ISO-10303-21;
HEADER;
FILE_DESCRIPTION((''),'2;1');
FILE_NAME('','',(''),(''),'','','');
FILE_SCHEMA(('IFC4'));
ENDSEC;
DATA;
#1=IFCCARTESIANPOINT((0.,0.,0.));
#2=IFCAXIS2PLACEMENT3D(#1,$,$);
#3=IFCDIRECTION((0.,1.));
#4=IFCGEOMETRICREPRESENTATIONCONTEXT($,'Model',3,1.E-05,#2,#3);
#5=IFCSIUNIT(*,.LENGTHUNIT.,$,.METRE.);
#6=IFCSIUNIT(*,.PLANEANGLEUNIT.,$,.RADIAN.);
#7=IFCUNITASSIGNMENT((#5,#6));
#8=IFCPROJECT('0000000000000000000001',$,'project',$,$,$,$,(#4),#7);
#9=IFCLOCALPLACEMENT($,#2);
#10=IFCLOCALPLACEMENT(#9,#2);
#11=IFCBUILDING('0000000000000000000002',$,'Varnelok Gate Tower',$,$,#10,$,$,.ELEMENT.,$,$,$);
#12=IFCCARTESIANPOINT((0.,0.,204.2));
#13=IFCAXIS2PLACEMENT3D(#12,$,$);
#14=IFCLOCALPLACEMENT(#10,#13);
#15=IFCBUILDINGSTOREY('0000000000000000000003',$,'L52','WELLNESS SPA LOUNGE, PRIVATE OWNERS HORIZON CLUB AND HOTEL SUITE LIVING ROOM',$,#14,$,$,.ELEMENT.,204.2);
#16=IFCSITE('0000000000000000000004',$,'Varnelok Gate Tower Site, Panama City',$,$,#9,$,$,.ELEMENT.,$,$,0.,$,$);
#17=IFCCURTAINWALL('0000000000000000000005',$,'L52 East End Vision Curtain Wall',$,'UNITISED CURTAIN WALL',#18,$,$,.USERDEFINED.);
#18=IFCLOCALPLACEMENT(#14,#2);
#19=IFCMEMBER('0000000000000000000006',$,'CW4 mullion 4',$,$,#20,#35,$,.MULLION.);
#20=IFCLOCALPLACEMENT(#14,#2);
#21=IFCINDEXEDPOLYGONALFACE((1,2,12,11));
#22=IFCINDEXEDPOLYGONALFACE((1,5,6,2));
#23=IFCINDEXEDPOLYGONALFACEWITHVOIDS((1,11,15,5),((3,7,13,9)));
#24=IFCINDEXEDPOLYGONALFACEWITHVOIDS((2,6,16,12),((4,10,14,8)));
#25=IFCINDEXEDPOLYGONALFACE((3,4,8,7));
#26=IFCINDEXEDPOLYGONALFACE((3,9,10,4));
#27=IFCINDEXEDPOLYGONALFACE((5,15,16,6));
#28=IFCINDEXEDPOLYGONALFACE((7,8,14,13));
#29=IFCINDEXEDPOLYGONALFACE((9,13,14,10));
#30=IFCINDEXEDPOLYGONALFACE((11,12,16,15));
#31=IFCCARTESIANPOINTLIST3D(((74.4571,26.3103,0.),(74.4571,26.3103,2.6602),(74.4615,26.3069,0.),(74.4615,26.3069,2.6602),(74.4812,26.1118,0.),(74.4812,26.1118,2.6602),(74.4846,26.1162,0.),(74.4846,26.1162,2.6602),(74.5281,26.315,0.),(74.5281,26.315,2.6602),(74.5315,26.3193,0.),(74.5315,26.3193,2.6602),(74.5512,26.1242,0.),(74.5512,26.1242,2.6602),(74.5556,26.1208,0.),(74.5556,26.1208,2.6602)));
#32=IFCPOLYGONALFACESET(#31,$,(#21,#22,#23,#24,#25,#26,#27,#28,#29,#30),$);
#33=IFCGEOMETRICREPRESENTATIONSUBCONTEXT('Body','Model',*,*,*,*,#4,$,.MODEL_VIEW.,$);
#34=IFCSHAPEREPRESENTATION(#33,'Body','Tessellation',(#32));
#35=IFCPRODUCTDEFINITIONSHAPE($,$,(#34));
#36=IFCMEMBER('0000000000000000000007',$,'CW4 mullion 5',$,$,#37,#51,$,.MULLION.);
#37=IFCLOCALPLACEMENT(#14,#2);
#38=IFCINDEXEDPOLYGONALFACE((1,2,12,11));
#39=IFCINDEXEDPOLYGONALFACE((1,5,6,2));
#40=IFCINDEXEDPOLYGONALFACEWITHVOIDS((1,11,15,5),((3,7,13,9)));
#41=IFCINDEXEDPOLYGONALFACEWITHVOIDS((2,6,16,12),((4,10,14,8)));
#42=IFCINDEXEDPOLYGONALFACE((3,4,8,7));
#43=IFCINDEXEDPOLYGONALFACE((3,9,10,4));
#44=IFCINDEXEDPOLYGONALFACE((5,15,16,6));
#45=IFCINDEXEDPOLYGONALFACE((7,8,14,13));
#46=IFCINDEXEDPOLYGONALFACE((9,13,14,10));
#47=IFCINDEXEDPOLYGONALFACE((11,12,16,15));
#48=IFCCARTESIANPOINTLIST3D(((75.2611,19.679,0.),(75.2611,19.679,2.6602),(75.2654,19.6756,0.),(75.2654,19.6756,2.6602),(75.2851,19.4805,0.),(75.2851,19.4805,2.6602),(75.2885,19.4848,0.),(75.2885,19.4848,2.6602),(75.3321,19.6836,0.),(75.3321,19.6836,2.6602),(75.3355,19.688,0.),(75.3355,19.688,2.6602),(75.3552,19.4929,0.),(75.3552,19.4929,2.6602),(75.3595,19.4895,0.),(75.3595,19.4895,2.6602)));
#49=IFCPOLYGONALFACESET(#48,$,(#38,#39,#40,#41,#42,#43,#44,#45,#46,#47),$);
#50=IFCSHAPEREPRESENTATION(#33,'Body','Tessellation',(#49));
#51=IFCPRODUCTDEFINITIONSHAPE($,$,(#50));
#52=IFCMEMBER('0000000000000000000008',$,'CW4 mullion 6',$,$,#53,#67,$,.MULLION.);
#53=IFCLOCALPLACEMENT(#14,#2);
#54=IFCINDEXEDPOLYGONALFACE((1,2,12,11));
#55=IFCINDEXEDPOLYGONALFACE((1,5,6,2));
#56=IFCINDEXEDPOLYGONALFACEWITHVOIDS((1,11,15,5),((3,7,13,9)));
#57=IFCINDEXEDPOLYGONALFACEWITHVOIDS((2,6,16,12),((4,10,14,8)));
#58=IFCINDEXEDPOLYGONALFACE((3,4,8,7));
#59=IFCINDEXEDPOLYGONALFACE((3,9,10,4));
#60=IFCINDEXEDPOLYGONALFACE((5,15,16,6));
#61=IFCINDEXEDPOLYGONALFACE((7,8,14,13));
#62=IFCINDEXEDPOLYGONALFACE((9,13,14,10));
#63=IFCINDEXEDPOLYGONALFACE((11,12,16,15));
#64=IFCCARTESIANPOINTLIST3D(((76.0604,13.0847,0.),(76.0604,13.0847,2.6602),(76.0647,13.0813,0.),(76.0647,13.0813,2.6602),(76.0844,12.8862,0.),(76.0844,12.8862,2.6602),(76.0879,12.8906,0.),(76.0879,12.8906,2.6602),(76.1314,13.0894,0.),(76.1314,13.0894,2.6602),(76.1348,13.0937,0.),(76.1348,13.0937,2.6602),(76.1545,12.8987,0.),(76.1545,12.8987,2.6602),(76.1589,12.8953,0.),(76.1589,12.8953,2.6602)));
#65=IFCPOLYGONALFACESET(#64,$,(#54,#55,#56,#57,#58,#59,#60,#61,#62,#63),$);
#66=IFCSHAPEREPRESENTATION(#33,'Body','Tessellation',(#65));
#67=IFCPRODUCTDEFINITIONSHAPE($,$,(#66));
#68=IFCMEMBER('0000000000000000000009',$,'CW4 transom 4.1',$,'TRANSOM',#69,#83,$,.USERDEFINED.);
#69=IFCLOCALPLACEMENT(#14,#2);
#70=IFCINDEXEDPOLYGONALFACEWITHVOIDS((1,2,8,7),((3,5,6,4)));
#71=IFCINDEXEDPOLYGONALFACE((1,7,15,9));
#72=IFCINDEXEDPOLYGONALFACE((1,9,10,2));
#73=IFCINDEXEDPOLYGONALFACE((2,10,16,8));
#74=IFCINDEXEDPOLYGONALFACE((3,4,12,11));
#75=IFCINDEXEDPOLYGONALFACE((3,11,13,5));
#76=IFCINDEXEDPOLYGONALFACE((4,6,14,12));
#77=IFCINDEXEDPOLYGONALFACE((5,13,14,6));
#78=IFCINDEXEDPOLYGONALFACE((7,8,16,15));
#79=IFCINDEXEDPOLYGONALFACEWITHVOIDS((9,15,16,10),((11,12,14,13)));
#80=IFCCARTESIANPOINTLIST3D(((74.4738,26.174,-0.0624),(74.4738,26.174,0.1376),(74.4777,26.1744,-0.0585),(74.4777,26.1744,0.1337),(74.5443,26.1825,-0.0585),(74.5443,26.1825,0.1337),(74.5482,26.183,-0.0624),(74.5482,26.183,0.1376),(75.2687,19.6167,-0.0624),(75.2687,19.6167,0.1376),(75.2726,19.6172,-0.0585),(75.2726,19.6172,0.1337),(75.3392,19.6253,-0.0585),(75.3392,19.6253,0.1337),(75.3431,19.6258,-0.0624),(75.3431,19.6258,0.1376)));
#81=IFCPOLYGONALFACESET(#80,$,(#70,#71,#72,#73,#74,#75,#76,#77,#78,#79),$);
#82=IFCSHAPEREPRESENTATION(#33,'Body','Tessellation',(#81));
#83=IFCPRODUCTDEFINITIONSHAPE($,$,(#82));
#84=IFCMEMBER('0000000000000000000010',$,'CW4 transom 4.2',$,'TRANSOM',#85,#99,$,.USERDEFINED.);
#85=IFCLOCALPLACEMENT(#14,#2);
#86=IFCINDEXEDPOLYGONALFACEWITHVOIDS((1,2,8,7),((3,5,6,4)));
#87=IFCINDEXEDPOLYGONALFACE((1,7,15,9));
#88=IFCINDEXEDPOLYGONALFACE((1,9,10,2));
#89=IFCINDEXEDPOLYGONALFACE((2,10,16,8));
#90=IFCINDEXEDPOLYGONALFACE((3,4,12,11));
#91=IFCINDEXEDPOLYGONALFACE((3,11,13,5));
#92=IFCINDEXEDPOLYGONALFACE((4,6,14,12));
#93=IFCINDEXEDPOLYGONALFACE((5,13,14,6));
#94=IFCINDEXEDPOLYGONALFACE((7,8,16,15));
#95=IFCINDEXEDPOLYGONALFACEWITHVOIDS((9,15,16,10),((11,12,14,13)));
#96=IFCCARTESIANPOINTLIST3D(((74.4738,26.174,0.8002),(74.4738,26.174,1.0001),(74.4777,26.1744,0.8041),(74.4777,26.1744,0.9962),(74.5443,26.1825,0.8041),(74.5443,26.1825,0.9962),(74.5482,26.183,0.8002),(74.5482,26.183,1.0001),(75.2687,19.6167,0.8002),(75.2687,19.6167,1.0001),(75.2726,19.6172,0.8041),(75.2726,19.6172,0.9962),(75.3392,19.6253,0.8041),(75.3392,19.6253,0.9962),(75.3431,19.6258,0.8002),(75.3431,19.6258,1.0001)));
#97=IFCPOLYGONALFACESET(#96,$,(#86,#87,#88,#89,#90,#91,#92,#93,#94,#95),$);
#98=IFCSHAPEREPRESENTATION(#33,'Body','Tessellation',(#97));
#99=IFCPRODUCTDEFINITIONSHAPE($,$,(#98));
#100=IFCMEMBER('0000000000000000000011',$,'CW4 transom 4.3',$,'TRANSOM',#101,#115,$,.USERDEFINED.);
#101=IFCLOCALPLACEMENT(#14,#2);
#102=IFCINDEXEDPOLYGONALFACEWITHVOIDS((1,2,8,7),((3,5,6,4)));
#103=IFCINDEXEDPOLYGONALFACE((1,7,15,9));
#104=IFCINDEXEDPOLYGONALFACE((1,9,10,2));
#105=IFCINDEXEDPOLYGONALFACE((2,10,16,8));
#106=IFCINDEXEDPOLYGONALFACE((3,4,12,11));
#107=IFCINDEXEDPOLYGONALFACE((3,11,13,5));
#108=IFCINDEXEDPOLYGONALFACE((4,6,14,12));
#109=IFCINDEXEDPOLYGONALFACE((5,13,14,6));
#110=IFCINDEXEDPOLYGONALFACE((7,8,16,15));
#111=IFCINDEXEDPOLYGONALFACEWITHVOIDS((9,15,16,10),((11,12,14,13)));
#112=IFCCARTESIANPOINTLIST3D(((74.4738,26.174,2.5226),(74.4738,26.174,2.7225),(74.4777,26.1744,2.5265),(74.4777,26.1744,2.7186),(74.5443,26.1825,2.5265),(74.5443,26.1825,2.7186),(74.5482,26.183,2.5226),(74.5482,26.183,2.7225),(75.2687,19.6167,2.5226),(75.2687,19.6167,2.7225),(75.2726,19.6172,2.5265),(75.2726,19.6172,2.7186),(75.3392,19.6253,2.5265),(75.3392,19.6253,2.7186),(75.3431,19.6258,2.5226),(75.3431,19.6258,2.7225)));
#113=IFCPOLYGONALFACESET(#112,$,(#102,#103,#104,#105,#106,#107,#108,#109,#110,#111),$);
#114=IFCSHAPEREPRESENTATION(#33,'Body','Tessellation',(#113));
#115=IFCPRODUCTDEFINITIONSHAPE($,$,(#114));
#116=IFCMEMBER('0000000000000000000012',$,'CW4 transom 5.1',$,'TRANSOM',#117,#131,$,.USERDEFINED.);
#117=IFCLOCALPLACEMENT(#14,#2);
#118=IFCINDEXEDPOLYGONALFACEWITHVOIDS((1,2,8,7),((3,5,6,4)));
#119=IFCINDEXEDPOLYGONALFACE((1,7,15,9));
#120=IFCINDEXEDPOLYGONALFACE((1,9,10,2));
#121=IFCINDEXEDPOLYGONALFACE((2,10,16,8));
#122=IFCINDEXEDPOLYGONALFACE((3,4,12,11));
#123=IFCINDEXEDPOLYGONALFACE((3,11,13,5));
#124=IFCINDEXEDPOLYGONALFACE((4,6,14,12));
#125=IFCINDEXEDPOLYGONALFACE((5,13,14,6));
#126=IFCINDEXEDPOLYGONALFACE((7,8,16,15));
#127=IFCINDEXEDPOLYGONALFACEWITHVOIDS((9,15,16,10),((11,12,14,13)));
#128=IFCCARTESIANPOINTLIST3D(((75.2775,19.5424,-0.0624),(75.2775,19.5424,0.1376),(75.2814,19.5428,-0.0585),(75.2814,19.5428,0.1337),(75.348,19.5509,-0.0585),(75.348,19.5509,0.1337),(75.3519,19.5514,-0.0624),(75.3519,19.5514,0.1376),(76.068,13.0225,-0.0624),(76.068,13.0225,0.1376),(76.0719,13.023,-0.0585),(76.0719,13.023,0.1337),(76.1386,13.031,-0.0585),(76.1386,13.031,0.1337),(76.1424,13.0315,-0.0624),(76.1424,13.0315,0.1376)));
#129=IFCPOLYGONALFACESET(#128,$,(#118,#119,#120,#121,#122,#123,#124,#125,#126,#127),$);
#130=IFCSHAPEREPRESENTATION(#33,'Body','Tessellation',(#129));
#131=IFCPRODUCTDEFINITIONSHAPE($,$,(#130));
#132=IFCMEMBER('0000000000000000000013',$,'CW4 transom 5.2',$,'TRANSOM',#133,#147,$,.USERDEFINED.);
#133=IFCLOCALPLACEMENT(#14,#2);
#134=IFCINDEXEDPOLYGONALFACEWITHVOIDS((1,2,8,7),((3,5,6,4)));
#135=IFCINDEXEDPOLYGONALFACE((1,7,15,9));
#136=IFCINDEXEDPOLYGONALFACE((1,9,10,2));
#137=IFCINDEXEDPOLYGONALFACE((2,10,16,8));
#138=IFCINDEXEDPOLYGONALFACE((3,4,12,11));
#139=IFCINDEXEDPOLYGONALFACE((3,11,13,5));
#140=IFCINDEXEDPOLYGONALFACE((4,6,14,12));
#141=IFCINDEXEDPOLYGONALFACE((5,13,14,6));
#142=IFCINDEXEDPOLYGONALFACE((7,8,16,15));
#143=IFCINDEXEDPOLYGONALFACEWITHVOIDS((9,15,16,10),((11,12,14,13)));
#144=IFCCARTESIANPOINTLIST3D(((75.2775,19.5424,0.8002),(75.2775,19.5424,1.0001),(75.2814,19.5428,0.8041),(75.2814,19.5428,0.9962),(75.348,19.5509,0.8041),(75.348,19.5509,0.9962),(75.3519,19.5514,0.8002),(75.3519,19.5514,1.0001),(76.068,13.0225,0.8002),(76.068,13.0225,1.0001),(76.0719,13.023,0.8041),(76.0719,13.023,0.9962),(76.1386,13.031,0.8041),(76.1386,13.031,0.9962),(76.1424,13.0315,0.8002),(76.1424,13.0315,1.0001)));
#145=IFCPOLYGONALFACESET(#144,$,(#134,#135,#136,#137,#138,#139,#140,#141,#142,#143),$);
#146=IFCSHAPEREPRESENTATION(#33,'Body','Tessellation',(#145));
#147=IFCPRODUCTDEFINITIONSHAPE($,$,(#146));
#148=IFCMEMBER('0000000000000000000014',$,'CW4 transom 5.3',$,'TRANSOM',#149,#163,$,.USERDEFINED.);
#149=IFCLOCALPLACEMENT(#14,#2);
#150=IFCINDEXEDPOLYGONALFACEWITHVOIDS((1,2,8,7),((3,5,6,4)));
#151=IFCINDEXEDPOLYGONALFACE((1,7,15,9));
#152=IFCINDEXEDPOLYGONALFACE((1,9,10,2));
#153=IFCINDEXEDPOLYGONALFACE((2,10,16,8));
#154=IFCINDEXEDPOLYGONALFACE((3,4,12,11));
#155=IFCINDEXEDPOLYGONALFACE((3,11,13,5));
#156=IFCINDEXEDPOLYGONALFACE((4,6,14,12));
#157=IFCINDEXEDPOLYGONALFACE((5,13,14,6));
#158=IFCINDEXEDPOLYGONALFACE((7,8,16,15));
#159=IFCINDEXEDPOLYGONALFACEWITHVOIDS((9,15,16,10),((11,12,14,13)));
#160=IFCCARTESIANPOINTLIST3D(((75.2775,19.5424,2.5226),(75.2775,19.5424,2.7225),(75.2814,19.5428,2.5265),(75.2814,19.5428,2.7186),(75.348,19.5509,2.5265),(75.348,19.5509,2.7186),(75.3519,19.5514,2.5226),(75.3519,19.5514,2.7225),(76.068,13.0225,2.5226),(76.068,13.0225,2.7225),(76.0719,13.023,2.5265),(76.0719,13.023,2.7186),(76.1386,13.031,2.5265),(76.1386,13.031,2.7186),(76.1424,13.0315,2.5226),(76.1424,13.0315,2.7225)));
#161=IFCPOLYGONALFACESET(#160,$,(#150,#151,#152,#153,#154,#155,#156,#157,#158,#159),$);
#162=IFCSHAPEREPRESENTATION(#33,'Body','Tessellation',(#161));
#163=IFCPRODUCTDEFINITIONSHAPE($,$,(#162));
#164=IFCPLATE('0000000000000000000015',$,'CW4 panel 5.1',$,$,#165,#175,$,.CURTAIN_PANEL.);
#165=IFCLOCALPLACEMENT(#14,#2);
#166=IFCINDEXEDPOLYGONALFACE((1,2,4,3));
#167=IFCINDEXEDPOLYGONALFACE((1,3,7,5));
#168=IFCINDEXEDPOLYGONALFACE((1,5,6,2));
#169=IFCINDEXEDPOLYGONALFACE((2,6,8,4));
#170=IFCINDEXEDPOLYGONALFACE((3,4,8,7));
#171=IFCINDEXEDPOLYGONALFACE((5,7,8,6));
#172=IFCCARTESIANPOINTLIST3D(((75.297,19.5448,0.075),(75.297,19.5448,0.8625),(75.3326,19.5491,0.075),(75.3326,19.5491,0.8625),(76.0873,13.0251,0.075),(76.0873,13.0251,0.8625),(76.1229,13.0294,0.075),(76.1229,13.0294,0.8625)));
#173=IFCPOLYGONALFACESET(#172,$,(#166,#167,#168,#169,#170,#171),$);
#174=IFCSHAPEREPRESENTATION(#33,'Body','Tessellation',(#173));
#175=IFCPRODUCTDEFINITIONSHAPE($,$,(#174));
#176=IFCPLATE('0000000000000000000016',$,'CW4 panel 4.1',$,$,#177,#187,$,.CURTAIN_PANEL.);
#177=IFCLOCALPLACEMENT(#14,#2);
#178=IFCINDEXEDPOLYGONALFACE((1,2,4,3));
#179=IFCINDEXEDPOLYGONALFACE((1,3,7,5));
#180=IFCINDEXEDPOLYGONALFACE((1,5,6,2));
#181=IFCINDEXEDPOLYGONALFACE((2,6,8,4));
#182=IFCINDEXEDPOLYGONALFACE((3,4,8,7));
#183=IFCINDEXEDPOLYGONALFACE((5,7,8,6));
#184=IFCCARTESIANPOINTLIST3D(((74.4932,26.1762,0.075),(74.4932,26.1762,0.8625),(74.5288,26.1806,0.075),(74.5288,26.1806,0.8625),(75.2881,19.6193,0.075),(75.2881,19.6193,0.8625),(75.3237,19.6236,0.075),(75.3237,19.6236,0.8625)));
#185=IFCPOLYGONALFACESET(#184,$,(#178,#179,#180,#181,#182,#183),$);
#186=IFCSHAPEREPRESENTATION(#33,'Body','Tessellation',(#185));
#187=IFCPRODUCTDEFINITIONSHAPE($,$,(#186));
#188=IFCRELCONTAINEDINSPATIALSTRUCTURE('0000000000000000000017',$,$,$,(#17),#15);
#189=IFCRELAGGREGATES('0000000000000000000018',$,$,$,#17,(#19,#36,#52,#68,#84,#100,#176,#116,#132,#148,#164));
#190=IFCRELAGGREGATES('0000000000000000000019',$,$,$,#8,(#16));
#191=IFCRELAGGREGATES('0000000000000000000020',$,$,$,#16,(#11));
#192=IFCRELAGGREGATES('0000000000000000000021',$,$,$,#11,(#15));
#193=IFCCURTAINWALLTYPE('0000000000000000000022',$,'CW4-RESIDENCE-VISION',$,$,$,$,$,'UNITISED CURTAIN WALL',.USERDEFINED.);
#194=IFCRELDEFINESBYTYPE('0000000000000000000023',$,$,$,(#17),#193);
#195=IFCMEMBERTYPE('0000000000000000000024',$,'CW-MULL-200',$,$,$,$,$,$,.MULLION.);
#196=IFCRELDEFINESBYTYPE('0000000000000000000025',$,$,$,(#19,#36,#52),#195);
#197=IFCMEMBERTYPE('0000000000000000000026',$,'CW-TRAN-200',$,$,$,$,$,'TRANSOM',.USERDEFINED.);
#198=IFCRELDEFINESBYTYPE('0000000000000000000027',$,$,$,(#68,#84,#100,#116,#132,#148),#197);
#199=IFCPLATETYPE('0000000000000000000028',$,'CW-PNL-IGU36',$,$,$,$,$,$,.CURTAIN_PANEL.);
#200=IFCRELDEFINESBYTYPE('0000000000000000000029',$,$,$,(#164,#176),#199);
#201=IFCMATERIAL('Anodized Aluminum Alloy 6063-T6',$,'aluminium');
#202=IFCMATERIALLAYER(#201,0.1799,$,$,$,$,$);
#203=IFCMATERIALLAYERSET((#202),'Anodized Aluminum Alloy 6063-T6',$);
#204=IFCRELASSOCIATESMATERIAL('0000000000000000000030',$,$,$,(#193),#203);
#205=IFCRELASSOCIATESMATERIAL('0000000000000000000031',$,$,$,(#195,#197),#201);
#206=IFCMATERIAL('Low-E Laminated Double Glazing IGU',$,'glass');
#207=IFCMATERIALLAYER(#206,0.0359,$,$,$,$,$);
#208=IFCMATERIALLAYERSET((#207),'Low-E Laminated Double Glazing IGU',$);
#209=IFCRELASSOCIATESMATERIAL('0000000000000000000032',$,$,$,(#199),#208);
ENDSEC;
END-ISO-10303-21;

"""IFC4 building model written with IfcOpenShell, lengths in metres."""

from ifc_helpers import new_model, si_unit, direction, frame, origin, origin_2d, place, context, subcontext, project, spatial, rectangle, hollow_rectangle, extrude, source, transform, mapped, material, layer, layer_set, material_profile, profile_set, type_object, element, aggregate, save


model = new_model("IFC4")

# Units and contexts
model_context = context("Model", 3, precision=1e-05, world=origin(), true_north=direction((0.0, 1.0)))
body_context = subcontext(model_context, "Body", "Model", "MODEL_VIEW")
ifc_project = project(units=[si_unit("LENGTHUNIT", "METRE"), si_unit("PLANEANGLEUNIT", "RADIAN")], contexts=[model_context])

# Site, building, storey
site_placement = place(None, origin())
site = spatial("IfcSite", under=ifc_project, at=site_placement, Name="Varnelok Gate Tower Site, Panama City", CompositionType="ELEMENT", RefElevation=0.0)
building_placement = place(site_placement, origin())
building = spatial("IfcBuilding", under=site, at=building_placement, Name="Varnelok Gate Tower", CompositionType="ELEMENT")
storey_placement = place(building_placement, frame((0.0, 0.0, 204.2)))
storey = spatial("IfcBuildingStorey", under=building, at=storey_placement, Name="L52", Description="WELLNESS SPA LOUNGE, PRIVATE OWNERS HORIZON CLUB AND HOTEL SUITE LIVING ROOM", CompositionType="ELEMENT", Elevation=204.2)

# Curtain wall, members, plates
ifc_material_1 = material(Name="Anodized Aluminum Alloy 6063-T6", Category="aluminium")
ifc_layer_1 = layer(ifc_material_1, 0.1799)
ifc_layer_set_1 = layer_set([ifc_layer_1], Name="Anodized Aluminum Alloy 6063-T6")
curtain_wall_type = type_object("IfcCurtainWallType", Name="CW4-RESIDENCE-VISION", ElementType="UNITISED CURTAIN WALL", PredefinedType="USERDEFINED", material=ifc_layer_set_1)
curtain_wall_placement = place(storey_placement, origin())
curtain_wall = element("IfcCurtainWall", 1, at=curtain_wall_placement, inside=storey, type_object=curtain_wall_type, Name="L52 East End Vision Curtain Wall", ObjectType="UNITISED CURTAIN WALL", PredefinedType="USERDEFINED")
ifc_material_profile_1 = material_profile(ifc_material_1, hollow_rectangle(XDim=0.075, YDim=0.2, WallThickness=0.0039, at=origin_2d()), Name="ALU200X75X4")
ifc_profile_set_1 = profile_set([ifc_material_profile_1], Name="Anodized Aluminum Alloy 6063-T6")
member_type_1 = type_object("IfcMemberType", Name="CW-MULL-200", PredefinedType="MULLION", material=ifc_profile_set_1)
member_1_placement = place(storey_placement, frame((74.5063, 26.2156, 0.0), z_axis=(0.0, 0.0, 1.0), x_axis=(0.992732, 0.120345, 0.0)))
member_1 = element("IfcMember", 2, at=member_1_placement, type_object=member_type_1, Name="CW4 mullion 4", PredefinedType="MULLION", context=body_context, shape_type="SweptSolid", body=[
    extrude(hollow_rectangle(XDim=0.075, YDim=0.2, WallThickness=0.0039, at=origin_2d()), origin(), (0.0, 0.0, 1.0), 2.6602),
])
member_2_placement = place(storey_placement, frame((75.3103, 19.5842, 0.0), z_axis=(0.0, 0.0, 1.0), x_axis=(0.992732, 0.120345, 0.0)))
member_2 = element("IfcMember", 3, at=member_2_placement, type_object=member_type_1, Name="CW4 mullion 5", PredefinedType="MULLION", context=body_context, shape_type="SweptSolid", body=[
    extrude(hollow_rectangle(XDim=0.075, YDim=0.2, WallThickness=0.0039, at=origin_2d()), origin(), (0.0, 0.0, 1.0), 2.6602),
])
member_3_placement = place(storey_placement, frame((76.1096, 12.99, 0.0), z_axis=(0.0, 0.0, 1.0), x_axis=(0.992732, 0.120345, 0.0)))
member_3 = element("IfcMember", 4, at=member_3_placement, type_object=member_type_1, Name="CW4 mullion 6", PredefinedType="MULLION", context=body_context, shape_type="SweptSolid", body=[
    extrude(hollow_rectangle(XDim=0.075, YDim=0.2, WallThickness=0.0039, at=origin_2d()), origin(), (0.0, 0.0, 1.0), 2.6602),
])
ifc_material_profile_2 = material_profile(ifc_material_1, hollow_rectangle(XDim=0.075, YDim=0.2, WallThickness=0.0039, at=origin_2d()), Name="ALU200X75X4")
ifc_profile_set_2 = profile_set([ifc_material_profile_2], Name="Anodized Aluminum Alloy 6063-T6")
member_type_2 = type_object("IfcMemberType", Name="CW-TRAN-200", ElementType="TRANSOM", PredefinedType="USERDEFINED", material=ifc_profile_set_2)
member_4_placement = place(storey_placement, frame((74.511, 26.1785, 0.0376), z_axis=(0.120349, -0.992732, 0.0), x_axis=(0.992732, 0.120349, 0.0)))
member_4 = element("IfcMember", 5, at=member_4_placement, type_object=member_type_2, Name="CW4 transom 4.1", ObjectType="TRANSOM", PredefinedType="USERDEFINED", context=body_context, shape_type="SweptSolid", body=[
    extrude(hollow_rectangle(XDim=0.075, YDim=0.2, WallThickness=0.0039, at=origin_2d()), origin(), (0.0, 0.0, 1.0), 6.6052),
])
member_5_placement = place(storey_placement, frame((74.511, 26.1785, 0.9001), z_axis=(0.120349, -0.992732, 0.0), x_axis=(0.992732, 0.120349, 0.0)))
member_5 = element("IfcMember", 6, at=member_5_placement, type_object=member_type_2, Name="CW4 transom 4.2", ObjectType="TRANSOM", PredefinedType="USERDEFINED", context=body_context, shape_type="SweptSolid", body=[
    extrude(hollow_rectangle(XDim=0.075, YDim=0.2, WallThickness=0.0039, at=origin_2d()), origin(), (0.0, 0.0, 1.0), 6.6052),
])
member_6_placement = place(storey_placement, frame((74.511, 26.1785, 2.6226), z_axis=(0.120349, -0.992732, 0.0), x_axis=(0.992732, 0.120349, 0.0)))
member_6 = element("IfcMember", 7, at=member_6_placement, type_object=member_type_2, Name="CW4 transom 4.3", ObjectType="TRANSOM", PredefinedType="USERDEFINED", context=body_context, shape_type="SweptSolid", body=[
    extrude(hollow_rectangle(XDim=0.075, YDim=0.2, WallThickness=0.0039, at=origin_2d()), origin(), (0.0, 0.0, 1.0), 6.6052),
])
member_7_placement = place(storey_placement, frame((75.3147, 19.5469, 0.0376), z_axis=(0.120369, -0.992729, 0.0), x_axis=(0.992729, 0.120369, 0.0)))
member_7 = element("IfcMember", 8, at=member_7_placement, type_object=member_type_2, Name="CW4 transom 5.1", ObjectType="TRANSOM", PredefinedType="USERDEFINED", context=body_context, shape_type="SweptSolid", body=[
    extrude(hollow_rectangle(XDim=0.075, YDim=0.2, WallThickness=0.0039, at=origin_2d()), origin(), (0.0, 0.0, 1.0), 6.5676),
])
member_8_placement = place(storey_placement, frame((75.3147, 19.5469, 0.9001), z_axis=(0.120369, -0.992729, 0.0), x_axis=(0.992729, 0.120369, 0.0)))
member_8 = element("IfcMember", 9, at=member_8_placement, type_object=member_type_2, Name="CW4 transom 5.2", ObjectType="TRANSOM", PredefinedType="USERDEFINED", context=body_context, shape_type="SweptSolid", body=[
    extrude(hollow_rectangle(XDim=0.075, YDim=0.2, WallThickness=0.0039, at=origin_2d()), origin(), (0.0, 0.0, 1.0), 6.5676),
])
member_9_placement = place(storey_placement, frame((75.3147, 19.5469, 2.6226), z_axis=(0.120369, -0.992729, 0.0), x_axis=(0.992729, 0.120369, 0.0)))
member_9 = element("IfcMember", 10, at=member_9_placement, type_object=member_type_2, Name="CW4 transom 5.3", ObjectType="TRANSOM", PredefinedType="USERDEFINED", context=body_context, shape_type="SweptSolid", body=[
    extrude(hollow_rectangle(XDim=0.075, YDim=0.2, WallThickness=0.0039, at=origin_2d()), origin(), (0.0, 0.0, 1.0), 6.5676),
])
ifc_material_2 = material(Name="Low-E Laminated Double Glazing IGU", Category="glass")
ifc_layer_2 = layer(ifc_material_2, 0.0359)
ifc_layer_set_2 = layer_set([ifc_layer_2], Name="Low-E Laminated Double Glazing IGU")
plate_type = type_object("IfcPlateType", Name="CW-PNL-IGU36", PredefinedType="CURTAIN_PANEL", material=ifc_layer_set_2)
shared_shape_1 = source(origin(), body_context, "Body", "SweptSolid", [
    extrude(rectangle(XDim=6.5674, YDim=0.0359, at=origin_2d()), origin(), (0.0, 0.0, 1.0), 0.7876),
])
plate_1_placement = place(storey_placement, frame((75.71, 16.2871, 0.075), z_axis=(0.0, 0.0, 1.0), x_axis=(0.120345, -0.992732, 0.0)))
plate_1 = element("IfcPlate", 11, at=plate_1_placement, type_object=plate_type, Name="CW4 panel 5.1", PredefinedType="CURTAIN_PANEL", context=body_context, shape_type="MappedRepresentation", body=[
    mapped(shared_shape_1, transform((0.0, 0.0, 0.0), scale=1.0)),
])
shared_shape_2 = source(origin(), body_context, "Body", "SweptSolid", [
    extrude(rectangle(XDim=6.605, YDim=0.0359, at=origin_2d()), origin(), (0.0, 0.0, 1.0), 0.7876),
])
plate_2_placement = place(storey_placement, frame((74.9084, 22.8999, 0.075), z_axis=(0.0, 0.0, 1.0), x_axis=(0.120345, -0.992732, 0.0)))
plate_2 = element("IfcPlate", 12, at=plate_2_placement, type_object=plate_type, Name="CW4 panel 4.1", PredefinedType="CURTAIN_PANEL", context=body_context, shape_type="MappedRepresentation", body=[
    mapped(shared_shape_2, transform((0.0, 0.0, 0.0), scale=1.0)),
])
aggregate(curtain_wall, [member_1, member_2, member_3, member_4, member_5, member_6, plate_2, member_7, member_8, member_9, plate_1])

save(model, "model.ifc")
